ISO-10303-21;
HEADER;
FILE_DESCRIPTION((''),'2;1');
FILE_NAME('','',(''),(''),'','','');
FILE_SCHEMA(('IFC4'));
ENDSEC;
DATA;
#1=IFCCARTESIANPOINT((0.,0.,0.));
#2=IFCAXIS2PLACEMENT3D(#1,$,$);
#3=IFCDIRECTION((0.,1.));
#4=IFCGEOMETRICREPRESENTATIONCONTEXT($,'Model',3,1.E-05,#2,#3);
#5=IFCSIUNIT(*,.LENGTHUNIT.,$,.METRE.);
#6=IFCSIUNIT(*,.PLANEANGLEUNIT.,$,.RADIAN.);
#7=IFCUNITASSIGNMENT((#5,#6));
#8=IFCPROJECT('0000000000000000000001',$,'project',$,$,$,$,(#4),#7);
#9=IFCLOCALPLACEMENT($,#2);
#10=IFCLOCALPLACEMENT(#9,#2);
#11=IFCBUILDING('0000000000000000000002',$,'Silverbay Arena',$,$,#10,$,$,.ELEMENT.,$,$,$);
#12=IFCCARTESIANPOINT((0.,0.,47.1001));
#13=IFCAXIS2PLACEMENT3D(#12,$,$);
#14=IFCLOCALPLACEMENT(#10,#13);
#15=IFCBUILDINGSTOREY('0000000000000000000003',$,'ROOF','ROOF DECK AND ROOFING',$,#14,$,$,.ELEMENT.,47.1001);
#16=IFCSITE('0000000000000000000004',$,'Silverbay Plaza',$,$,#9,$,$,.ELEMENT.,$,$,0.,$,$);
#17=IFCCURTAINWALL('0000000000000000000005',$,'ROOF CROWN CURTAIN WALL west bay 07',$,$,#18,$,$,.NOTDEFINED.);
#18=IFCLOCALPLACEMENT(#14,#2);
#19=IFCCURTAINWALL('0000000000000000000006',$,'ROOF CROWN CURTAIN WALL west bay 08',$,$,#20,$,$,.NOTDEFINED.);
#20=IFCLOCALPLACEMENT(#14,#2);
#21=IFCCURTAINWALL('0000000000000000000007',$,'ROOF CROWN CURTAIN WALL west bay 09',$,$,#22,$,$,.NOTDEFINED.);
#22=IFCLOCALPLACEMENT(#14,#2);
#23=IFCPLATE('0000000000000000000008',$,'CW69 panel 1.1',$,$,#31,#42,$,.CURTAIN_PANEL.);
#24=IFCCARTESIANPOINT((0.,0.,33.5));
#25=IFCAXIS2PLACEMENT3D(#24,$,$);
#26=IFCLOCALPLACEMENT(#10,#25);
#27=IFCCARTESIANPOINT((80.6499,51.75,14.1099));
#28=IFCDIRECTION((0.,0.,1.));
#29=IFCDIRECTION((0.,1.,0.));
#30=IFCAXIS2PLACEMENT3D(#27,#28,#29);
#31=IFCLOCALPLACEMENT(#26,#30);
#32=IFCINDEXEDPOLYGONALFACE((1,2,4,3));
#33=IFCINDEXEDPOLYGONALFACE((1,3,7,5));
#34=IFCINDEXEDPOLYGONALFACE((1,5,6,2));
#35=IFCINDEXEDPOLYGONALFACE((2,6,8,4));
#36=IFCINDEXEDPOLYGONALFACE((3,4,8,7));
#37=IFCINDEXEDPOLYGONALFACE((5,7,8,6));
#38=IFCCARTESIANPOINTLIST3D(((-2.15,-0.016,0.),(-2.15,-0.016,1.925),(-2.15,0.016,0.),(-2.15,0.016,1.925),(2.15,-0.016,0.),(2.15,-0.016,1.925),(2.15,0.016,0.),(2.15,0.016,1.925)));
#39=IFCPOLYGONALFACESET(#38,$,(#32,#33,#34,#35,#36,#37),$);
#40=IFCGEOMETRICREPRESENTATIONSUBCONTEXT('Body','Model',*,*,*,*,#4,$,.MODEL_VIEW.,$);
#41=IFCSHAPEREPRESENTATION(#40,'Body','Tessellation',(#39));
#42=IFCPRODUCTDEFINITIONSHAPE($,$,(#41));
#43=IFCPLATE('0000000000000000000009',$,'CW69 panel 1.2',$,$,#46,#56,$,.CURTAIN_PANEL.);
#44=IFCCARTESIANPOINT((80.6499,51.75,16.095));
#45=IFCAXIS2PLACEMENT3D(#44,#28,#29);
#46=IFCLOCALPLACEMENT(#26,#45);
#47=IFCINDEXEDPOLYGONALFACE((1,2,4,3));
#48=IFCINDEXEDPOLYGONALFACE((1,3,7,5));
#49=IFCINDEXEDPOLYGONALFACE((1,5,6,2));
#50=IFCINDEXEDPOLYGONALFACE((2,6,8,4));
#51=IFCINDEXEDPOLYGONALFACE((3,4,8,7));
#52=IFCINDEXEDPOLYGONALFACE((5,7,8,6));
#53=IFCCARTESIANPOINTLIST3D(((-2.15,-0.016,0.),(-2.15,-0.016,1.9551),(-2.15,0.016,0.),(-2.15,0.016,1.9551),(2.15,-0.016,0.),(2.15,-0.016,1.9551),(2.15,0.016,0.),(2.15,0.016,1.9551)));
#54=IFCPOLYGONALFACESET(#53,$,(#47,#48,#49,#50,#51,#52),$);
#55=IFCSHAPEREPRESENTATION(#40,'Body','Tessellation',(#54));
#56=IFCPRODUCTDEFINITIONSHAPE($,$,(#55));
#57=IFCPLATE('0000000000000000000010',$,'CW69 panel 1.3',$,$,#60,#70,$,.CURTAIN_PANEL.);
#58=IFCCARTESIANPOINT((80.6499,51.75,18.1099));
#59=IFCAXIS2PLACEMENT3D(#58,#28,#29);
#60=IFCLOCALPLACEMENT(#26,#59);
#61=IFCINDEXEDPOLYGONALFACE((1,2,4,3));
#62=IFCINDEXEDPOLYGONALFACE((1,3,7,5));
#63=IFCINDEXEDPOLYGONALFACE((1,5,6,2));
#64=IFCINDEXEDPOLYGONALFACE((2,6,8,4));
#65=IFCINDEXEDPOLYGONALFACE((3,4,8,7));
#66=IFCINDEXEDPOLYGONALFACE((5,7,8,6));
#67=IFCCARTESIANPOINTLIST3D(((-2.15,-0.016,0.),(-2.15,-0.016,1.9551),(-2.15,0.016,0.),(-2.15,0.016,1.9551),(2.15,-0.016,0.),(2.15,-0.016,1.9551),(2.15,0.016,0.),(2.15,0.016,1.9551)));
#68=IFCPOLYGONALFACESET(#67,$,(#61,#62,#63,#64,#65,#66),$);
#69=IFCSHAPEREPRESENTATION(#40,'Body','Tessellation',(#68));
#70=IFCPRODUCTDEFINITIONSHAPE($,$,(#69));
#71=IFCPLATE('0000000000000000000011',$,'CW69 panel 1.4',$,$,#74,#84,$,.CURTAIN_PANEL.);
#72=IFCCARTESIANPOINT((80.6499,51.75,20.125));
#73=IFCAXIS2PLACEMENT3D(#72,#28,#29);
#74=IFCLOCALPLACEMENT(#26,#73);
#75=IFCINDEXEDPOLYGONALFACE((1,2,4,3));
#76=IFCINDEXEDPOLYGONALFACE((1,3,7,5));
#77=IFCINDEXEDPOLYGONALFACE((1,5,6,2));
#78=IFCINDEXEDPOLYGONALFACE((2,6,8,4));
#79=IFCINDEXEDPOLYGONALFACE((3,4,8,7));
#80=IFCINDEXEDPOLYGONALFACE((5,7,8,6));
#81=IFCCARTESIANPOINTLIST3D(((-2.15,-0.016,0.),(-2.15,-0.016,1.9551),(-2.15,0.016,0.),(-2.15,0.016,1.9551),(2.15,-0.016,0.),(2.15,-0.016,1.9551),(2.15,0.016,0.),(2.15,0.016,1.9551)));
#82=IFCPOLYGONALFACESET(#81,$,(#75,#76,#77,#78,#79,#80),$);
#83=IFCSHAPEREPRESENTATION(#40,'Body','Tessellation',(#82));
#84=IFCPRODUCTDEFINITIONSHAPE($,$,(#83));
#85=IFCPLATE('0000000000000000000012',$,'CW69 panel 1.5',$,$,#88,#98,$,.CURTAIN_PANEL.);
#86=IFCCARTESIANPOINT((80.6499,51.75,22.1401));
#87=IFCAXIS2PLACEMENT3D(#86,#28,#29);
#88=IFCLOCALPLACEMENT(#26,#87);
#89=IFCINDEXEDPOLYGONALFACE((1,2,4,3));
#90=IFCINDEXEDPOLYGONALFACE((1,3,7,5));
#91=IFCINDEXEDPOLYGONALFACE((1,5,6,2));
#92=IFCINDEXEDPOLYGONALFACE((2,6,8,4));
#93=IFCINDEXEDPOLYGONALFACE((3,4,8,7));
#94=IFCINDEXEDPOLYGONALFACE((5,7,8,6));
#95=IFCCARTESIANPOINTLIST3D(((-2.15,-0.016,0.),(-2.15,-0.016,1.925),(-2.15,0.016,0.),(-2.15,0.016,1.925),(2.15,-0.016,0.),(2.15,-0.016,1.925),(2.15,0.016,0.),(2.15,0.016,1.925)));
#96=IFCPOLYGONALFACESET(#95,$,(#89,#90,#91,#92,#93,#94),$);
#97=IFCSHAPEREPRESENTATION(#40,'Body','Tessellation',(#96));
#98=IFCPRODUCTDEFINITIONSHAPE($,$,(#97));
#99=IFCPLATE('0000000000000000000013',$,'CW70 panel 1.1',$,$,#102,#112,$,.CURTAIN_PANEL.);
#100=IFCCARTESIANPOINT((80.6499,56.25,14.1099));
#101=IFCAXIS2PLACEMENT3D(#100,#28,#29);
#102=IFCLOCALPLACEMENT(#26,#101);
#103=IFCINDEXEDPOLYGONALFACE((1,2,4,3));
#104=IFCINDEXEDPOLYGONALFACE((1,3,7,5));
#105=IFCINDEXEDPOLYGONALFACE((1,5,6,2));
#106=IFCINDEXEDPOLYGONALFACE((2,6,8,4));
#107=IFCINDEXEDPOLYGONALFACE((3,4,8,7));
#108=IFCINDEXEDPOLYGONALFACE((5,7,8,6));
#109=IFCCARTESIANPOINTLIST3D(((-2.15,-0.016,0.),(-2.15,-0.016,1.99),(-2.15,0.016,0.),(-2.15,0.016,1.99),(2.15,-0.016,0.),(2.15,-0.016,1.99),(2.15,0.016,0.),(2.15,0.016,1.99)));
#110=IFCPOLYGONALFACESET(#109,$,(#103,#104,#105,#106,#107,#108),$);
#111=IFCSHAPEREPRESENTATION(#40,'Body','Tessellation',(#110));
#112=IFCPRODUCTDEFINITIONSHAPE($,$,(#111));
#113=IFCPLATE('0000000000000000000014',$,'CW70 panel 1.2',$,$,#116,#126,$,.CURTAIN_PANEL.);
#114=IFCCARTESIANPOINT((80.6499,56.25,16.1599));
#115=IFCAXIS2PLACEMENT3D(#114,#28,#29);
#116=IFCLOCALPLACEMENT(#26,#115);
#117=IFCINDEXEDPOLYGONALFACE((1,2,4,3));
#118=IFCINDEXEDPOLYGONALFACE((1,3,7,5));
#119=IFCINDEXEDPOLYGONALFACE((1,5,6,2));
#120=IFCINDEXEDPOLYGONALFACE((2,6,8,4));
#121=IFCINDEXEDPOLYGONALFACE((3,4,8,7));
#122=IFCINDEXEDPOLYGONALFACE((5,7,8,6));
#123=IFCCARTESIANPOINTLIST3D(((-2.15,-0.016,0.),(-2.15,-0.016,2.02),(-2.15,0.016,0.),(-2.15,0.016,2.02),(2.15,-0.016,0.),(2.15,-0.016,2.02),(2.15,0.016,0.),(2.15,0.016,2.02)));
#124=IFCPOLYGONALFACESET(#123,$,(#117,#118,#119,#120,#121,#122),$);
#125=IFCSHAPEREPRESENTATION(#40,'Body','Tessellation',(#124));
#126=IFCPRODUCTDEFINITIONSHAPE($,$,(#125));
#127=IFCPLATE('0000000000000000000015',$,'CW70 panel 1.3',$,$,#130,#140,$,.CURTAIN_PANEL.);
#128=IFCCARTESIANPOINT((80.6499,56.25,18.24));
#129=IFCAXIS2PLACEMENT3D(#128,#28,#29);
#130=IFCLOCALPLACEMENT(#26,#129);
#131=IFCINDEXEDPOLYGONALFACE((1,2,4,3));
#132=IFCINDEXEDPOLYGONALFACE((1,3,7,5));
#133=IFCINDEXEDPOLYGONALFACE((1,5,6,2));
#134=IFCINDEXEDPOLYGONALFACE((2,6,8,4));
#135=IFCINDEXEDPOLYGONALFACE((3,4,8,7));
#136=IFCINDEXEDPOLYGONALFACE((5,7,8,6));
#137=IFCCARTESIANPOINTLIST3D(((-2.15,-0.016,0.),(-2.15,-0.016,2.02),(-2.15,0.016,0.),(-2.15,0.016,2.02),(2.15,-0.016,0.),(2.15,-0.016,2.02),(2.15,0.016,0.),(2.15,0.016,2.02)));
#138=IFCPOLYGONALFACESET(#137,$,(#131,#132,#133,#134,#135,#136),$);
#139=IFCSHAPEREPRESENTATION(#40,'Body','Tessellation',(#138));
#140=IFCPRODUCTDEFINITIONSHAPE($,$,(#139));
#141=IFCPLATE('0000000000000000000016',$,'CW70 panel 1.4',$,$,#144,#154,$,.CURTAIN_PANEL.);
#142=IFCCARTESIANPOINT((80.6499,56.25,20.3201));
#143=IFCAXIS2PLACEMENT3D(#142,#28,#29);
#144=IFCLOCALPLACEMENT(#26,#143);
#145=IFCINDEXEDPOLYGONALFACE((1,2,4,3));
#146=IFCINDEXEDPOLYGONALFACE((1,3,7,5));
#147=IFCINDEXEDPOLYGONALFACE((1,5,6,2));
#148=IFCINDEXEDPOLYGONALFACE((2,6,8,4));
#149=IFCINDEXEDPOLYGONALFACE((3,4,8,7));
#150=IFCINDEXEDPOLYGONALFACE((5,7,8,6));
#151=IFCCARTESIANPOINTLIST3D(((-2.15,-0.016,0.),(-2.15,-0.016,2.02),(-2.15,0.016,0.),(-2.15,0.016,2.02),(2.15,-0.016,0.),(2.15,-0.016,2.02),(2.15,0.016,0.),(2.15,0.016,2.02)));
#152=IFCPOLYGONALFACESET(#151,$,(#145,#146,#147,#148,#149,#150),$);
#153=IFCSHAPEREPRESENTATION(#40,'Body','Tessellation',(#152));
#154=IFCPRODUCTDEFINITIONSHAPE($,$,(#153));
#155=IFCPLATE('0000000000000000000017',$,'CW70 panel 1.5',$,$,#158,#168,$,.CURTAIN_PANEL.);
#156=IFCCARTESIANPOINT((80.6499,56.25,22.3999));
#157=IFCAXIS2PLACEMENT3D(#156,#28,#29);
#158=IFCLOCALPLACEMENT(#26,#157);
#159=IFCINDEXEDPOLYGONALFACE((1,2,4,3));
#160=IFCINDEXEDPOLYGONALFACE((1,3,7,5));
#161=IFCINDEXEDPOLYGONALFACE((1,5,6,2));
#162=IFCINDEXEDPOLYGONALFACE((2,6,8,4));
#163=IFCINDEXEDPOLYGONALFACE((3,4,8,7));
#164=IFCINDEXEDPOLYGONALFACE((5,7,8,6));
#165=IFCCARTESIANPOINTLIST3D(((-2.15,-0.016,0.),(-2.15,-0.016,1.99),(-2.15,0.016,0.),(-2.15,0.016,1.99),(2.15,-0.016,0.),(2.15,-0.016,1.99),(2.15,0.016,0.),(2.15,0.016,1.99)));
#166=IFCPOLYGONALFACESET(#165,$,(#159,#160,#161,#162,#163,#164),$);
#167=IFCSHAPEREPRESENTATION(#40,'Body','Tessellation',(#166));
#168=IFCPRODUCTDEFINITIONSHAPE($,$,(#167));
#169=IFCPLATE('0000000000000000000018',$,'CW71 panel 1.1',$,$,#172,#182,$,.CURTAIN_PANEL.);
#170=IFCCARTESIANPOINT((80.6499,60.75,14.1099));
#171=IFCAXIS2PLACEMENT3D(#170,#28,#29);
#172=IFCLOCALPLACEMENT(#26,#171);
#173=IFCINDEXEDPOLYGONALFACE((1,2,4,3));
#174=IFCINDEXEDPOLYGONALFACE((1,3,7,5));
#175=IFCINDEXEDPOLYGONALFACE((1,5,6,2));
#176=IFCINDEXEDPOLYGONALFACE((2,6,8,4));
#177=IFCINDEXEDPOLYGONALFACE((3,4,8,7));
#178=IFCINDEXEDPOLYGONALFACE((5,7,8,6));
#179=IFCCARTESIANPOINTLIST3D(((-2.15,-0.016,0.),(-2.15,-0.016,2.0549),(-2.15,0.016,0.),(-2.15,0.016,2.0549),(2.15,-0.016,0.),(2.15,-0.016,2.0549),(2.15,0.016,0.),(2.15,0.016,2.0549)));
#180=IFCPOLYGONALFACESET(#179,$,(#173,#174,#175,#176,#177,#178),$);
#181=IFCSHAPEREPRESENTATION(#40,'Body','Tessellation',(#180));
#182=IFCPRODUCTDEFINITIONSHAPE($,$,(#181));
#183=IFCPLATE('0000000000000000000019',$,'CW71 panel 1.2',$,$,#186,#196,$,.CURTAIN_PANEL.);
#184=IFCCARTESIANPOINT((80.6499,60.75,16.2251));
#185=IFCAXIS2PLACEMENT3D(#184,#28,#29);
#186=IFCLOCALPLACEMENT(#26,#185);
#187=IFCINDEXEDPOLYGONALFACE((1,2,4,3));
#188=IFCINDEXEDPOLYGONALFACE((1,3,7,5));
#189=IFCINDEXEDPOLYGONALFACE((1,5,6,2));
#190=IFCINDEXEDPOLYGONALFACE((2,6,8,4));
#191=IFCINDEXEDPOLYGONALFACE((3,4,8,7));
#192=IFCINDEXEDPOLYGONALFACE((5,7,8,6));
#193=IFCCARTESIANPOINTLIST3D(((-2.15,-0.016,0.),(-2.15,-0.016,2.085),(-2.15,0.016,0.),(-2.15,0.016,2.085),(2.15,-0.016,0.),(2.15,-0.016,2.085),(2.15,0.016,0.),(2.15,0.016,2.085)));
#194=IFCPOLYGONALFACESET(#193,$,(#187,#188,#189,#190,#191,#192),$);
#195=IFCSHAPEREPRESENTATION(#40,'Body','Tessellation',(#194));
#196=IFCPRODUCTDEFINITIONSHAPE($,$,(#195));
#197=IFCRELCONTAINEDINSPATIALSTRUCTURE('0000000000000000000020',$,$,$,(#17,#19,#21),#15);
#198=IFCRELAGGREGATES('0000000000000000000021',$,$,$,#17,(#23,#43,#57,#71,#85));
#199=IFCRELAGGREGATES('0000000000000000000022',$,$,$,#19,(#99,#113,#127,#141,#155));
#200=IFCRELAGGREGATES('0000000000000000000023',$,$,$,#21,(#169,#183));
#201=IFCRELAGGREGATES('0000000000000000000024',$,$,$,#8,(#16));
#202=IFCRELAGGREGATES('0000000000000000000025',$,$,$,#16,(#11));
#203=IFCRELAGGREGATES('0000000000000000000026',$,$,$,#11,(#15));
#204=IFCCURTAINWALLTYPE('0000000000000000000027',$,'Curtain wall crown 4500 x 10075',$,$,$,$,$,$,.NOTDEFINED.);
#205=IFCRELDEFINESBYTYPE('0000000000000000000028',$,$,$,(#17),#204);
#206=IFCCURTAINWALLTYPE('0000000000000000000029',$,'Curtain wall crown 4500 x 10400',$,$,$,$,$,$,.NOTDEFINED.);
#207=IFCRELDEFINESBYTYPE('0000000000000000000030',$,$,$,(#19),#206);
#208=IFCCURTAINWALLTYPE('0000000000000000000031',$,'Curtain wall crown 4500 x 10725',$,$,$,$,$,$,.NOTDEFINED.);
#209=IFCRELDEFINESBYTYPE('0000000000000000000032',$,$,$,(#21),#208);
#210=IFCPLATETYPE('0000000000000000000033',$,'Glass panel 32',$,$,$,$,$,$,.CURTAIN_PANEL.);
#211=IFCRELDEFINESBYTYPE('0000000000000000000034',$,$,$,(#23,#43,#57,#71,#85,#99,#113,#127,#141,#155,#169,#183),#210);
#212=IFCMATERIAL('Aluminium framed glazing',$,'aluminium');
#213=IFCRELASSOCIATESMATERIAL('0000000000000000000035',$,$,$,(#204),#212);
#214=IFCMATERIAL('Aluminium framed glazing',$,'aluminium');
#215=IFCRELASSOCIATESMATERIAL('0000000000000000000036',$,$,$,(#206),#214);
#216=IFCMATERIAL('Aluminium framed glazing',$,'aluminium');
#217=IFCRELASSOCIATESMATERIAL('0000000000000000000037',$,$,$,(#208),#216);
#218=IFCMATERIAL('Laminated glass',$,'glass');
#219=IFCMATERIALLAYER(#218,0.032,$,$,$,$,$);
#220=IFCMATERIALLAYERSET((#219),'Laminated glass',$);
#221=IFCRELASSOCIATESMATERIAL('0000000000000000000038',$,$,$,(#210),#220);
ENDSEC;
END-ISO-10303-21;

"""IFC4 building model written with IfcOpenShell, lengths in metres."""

from ifc_helpers import new_model, si_unit, direction, frame, origin, origin_2d, place, context, subcontext, project, spatial, rectangle, extrude, material, layer, layer_set, type_object, element, aggregate, save


model = new_model("IFC4")

# Units and contexts
model_context = context("Model", 3, precision=1e-05, world=origin(), true_north=direction((0.0, 1.0)))
body_context = subcontext(model_context, "Body", "Model", "MODEL_VIEW")
ifc_project = project(units=[si_unit("LENGTHUNIT", "METRE"), si_unit("PLANEANGLEUNIT", "RADIAN")], contexts=[model_context])

# Site, building, storey
site_placement = place(None, origin())
site = spatial("IfcSite", under=ifc_project, at=site_placement, Name="Silverbay Plaza", CompositionType="ELEMENT", RefElevation=0.0)
building_placement = place(site_placement, origin())
building = spatial("IfcBuilding", under=site, at=building_placement, Name="Silverbay Arena", CompositionType="ELEMENT")
storey_placement = place(building_placement, frame((0.0, 0.0, 47.1001)))
storey = spatial("IfcBuildingStorey", under=building, at=storey_placement, Name="ROOF", Description="ROOF DECK AND ROOFING", CompositionType="ELEMENT", Elevation=47.1001)

# Curtain wall
ifc_material_1 = material(Name="Aluminium framed glazing", Category="aluminium")
curtain_wall_type_1 = type_object("IfcCurtainWallType", Name="Curtain wall crown 4500 x 10075", PredefinedType="NOTDEFINED", material=ifc_material_1)
curtain_wall_1_placement = place(storey_placement, origin())
curtain_wall_1 = element("IfcCurtainWall", 1, at=curtain_wall_1_placement, inside=storey, type_object=curtain_wall_type_1, Name="ROOF CROWN CURTAIN WALL west bay 07", PredefinedType="NOTDEFINED")
placement = place(building_placement, frame((0.0, 0.0, 33.5)))

# Curtain wall
ifc_material_2 = material(Name="Aluminium framed glazing", Category="aluminium")
curtain_wall_type_2 = type_object("IfcCurtainWallType", Name="Curtain wall crown 4500 x 10400", PredefinedType="NOTDEFINED", material=ifc_material_2)
curtain_wall_2_placement = place(storey_placement, origin())
curtain_wall_2 = element("IfcCurtainWall", 2, at=curtain_wall_2_placement, inside=storey, type_object=curtain_wall_type_2, Name="ROOF CROWN CURTAIN WALL west bay 08", PredefinedType="NOTDEFINED")

# Curtain wall
ifc_material_3 = material(Name="Aluminium framed glazing", Category="aluminium")
curtain_wall_type_3 = type_object("IfcCurtainWallType", Name="Curtain wall crown 4500 x 10725", PredefinedType="NOTDEFINED", material=ifc_material_3)
curtain_wall_3_placement = place(storey_placement, origin())
curtain_wall_3 = element("IfcCurtainWall", 3, at=curtain_wall_3_placement, inside=storey, type_object=curtain_wall_type_3, Name="ROOF CROWN CURTAIN WALL west bay 09", PredefinedType="NOTDEFINED")

# Plates
ifc_material_4 = material(Name="Laminated glass", Category="glass")
ifc_layer = layer(ifc_material_4, 0.032)
ifc_layer_set = layer_set([ifc_layer], Name="Laminated glass")
plate_type = type_object("IfcPlateType", Name="Glass panel 32", PredefinedType="CURTAIN_PANEL", material=ifc_layer_set)
plate_1_placement = place(placement, frame((80.6499, 51.75, 14.1099), z_axis=(0.0, 0.0, 1.0), x_axis=(0.0, 1.0, 0.0)))
plate_1 = element("IfcPlate", 4, at=plate_1_placement, type_object=plate_type, Name="CW69 panel 1.1", PredefinedType="CURTAIN_PANEL", context=body_context, shape_type="SweptSolid", body=[
    extrude(rectangle(XDim=4.3, YDim=0.032, at=origin_2d()), origin(), (0.0, 0.0, 1.0), 1.925),
])
plate_2_placement = place(placement, frame((80.6499, 51.75, 16.095), z_axis=(0.0, 0.0, 1.0), x_axis=(0.0, 1.0, 0.0)))
plate_2 = element("IfcPlate", 5, at=plate_2_placement, type_object=plate_type, Name="CW69 panel 1.2", PredefinedType="CURTAIN_PANEL", context=body_context, shape_type="SweptSolid", body=[
    extrude(rectangle(XDim=4.3, YDim=0.032, at=origin_2d()), origin(), (0.0, 0.0, 1.0), 1.9551),
])
plate_3_placement = place(placement, frame((80.6499, 51.75, 18.1099), z_axis=(0.0, 0.0, 1.0), x_axis=(0.0, 1.0, 0.0)))
plate_3 = element("IfcPlate", 6, at=plate_3_placement, type_object=plate_type, Name="CW69 panel 1.3", PredefinedType="CURTAIN_PANEL", context=body_context, shape_type="SweptSolid", body=[
    extrude(rectangle(XDim=4.3, YDim=0.032, at=origin_2d()), origin(), (0.0, 0.0, 1.0), 1.9551),
])
plate_4_placement = place(placement, frame((80.6499, 51.75, 20.125), z_axis=(0.0, 0.0, 1.0), x_axis=(0.0, 1.0, 0.0)))
plate_4 = element("IfcPlate", 7, at=plate_4_placement, type_object=plate_type, Name="CW69 panel 1.4", PredefinedType="CURTAIN_PANEL", context=body_context, shape_type="SweptSolid", body=[
    extrude(rectangle(XDim=4.3, YDim=0.032, at=origin_2d()), origin(), (0.0, 0.0, 1.0), 1.9551),
])
plate_5_placement = place(placement, frame((80.6499, 51.75, 22.1401), z_axis=(0.0, 0.0, 1.0), x_axis=(0.0, 1.0, 0.0)))
plate_5 = element("IfcPlate", 8, at=plate_5_placement, type_object=plate_type, Name="CW69 panel 1.5", PredefinedType="CURTAIN_PANEL", context=body_context, shape_type="SweptSolid", body=[
    extrude(rectangle(XDim=4.3, YDim=0.032, at=origin_2d()), origin(), (0.0, 0.0, 1.0), 1.925),
])
aggregate(curtain_wall_1, [plate_1, plate_2, plate_3, plate_4, plate_5])
plate_6_placement = place(placement, frame((80.6499, 56.25, 14.1099), z_axis=(0.0, 0.0, 1.0), x_axis=(0.0, 1.0, 0.0)))
plate_6 = element("IfcPlate", 9, at=plate_6_placement, type_object=plate_type, Name="CW70 panel 1.1", PredefinedType="CURTAIN_PANEL", context=body_context, shape_type="SweptSolid", body=[
    extrude(rectangle(XDim=4.3, YDim=0.032, at=origin_2d()), origin(), (0.0, 0.0, 1.0), 1.99),
])
plate_7_placement = place(placement, frame((80.6499, 56.25, 16.1599), z_axis=(0.0, 0.0, 1.0), x_axis=(0.0, 1.0, 0.0)))
plate_7 = element("IfcPlate", 10, at=plate_7_placement, type_object=plate_type, Name="CW70 panel 1.2", PredefinedType="CURTAIN_PANEL", context=body_context, shape_type="SweptSolid", body=[
    extrude(rectangle(XDim=4.3, YDim=0.032, at=origin_2d()), origin(), (0.0, 0.0, 1.0), 2.02),
])
plate_8_placement = place(placement, frame((80.6499, 56.25, 18.24), z_axis=(0.0, 0.0, 1.0), x_axis=(0.0, 1.0, 0.0)))
plate_8 = element("IfcPlate", 11, at=plate_8_placement, type_object=plate_type, Name="CW70 panel 1.3", PredefinedType="CURTAIN_PANEL", context=body_context, shape_type="SweptSolid", body=[
    extrude(rectangle(XDim=4.3, YDim=0.032, at=origin_2d()), origin(), (0.0, 0.0, 1.0), 2.02),
])
plate_9_placement = place(placement, frame((80.6499, 56.25, 20.3201), z_axis=(0.0, 0.0, 1.0), x_axis=(0.0, 1.0, 0.0)))
plate_9 = element("IfcPlate", 12, at=plate_9_placement, type_object=plate_type, Name="CW70 panel 1.4", PredefinedType="CURTAIN_PANEL", context=body_context, shape_type="SweptSolid", body=[
    extrude(rectangle(XDim=4.3, YDim=0.032, at=origin_2d()), origin(), (0.0, 0.0, 1.0), 2.02),
])
plate_10_placement = place(placement, frame((80.6499, 56.25, 22.3999), z_axis=(0.0, 0.0, 1.0), x_axis=(0.0, 1.0, 0.0)))
plate_10 = element("IfcPlate", 13, at=plate_10_placement, type_object=plate_type, Name="CW70 panel 1.5", PredefinedType="CURTAIN_PANEL", context=body_context, shape_type="SweptSolid", body=[
    extrude(rectangle(XDim=4.3, YDim=0.032, at=origin_2d()), origin(), (0.0, 0.0, 1.0), 1.99),
])
aggregate(curtain_wall_2, [plate_6, plate_7, plate_8, plate_9, plate_10])
plate_11_placement = place(placement, frame((80.6499, 60.75, 14.1099), z_axis=(0.0, 0.0, 1.0), x_axis=(0.0, 1.0, 0.0)))
plate_11 = element("IfcPlate", 14, at=plate_11_placement, type_object=plate_type, Name="CW71 panel 1.1", PredefinedType="CURTAIN_PANEL", context=body_context, shape_type="SweptSolid", body=[
    extrude(rectangle(XDim=4.3, YDim=0.032, at=origin_2d()), origin(), (0.0, 0.0, 1.0), 2.0549),
])
plate_12_placement = place(placement, frame((80.6499, 60.75, 16.2251), z_axis=(0.0, 0.0, 1.0), x_axis=(0.0, 1.0, 0.0)))
plate_12 = element("IfcPlate", 15, at=plate_12_placement, type_object=plate_type, Name="CW71 panel 1.2", PredefinedType="CURTAIN_PANEL", context=body_context, shape_type="SweptSolid", body=[
    extrude(rectangle(XDim=4.3, YDim=0.032, at=origin_2d()), origin(), (0.0, 0.0, 1.0), 2.085),
])
aggregate(curtain_wall_3, [plate_11, plate_12])

save(model, "model.ifc")
